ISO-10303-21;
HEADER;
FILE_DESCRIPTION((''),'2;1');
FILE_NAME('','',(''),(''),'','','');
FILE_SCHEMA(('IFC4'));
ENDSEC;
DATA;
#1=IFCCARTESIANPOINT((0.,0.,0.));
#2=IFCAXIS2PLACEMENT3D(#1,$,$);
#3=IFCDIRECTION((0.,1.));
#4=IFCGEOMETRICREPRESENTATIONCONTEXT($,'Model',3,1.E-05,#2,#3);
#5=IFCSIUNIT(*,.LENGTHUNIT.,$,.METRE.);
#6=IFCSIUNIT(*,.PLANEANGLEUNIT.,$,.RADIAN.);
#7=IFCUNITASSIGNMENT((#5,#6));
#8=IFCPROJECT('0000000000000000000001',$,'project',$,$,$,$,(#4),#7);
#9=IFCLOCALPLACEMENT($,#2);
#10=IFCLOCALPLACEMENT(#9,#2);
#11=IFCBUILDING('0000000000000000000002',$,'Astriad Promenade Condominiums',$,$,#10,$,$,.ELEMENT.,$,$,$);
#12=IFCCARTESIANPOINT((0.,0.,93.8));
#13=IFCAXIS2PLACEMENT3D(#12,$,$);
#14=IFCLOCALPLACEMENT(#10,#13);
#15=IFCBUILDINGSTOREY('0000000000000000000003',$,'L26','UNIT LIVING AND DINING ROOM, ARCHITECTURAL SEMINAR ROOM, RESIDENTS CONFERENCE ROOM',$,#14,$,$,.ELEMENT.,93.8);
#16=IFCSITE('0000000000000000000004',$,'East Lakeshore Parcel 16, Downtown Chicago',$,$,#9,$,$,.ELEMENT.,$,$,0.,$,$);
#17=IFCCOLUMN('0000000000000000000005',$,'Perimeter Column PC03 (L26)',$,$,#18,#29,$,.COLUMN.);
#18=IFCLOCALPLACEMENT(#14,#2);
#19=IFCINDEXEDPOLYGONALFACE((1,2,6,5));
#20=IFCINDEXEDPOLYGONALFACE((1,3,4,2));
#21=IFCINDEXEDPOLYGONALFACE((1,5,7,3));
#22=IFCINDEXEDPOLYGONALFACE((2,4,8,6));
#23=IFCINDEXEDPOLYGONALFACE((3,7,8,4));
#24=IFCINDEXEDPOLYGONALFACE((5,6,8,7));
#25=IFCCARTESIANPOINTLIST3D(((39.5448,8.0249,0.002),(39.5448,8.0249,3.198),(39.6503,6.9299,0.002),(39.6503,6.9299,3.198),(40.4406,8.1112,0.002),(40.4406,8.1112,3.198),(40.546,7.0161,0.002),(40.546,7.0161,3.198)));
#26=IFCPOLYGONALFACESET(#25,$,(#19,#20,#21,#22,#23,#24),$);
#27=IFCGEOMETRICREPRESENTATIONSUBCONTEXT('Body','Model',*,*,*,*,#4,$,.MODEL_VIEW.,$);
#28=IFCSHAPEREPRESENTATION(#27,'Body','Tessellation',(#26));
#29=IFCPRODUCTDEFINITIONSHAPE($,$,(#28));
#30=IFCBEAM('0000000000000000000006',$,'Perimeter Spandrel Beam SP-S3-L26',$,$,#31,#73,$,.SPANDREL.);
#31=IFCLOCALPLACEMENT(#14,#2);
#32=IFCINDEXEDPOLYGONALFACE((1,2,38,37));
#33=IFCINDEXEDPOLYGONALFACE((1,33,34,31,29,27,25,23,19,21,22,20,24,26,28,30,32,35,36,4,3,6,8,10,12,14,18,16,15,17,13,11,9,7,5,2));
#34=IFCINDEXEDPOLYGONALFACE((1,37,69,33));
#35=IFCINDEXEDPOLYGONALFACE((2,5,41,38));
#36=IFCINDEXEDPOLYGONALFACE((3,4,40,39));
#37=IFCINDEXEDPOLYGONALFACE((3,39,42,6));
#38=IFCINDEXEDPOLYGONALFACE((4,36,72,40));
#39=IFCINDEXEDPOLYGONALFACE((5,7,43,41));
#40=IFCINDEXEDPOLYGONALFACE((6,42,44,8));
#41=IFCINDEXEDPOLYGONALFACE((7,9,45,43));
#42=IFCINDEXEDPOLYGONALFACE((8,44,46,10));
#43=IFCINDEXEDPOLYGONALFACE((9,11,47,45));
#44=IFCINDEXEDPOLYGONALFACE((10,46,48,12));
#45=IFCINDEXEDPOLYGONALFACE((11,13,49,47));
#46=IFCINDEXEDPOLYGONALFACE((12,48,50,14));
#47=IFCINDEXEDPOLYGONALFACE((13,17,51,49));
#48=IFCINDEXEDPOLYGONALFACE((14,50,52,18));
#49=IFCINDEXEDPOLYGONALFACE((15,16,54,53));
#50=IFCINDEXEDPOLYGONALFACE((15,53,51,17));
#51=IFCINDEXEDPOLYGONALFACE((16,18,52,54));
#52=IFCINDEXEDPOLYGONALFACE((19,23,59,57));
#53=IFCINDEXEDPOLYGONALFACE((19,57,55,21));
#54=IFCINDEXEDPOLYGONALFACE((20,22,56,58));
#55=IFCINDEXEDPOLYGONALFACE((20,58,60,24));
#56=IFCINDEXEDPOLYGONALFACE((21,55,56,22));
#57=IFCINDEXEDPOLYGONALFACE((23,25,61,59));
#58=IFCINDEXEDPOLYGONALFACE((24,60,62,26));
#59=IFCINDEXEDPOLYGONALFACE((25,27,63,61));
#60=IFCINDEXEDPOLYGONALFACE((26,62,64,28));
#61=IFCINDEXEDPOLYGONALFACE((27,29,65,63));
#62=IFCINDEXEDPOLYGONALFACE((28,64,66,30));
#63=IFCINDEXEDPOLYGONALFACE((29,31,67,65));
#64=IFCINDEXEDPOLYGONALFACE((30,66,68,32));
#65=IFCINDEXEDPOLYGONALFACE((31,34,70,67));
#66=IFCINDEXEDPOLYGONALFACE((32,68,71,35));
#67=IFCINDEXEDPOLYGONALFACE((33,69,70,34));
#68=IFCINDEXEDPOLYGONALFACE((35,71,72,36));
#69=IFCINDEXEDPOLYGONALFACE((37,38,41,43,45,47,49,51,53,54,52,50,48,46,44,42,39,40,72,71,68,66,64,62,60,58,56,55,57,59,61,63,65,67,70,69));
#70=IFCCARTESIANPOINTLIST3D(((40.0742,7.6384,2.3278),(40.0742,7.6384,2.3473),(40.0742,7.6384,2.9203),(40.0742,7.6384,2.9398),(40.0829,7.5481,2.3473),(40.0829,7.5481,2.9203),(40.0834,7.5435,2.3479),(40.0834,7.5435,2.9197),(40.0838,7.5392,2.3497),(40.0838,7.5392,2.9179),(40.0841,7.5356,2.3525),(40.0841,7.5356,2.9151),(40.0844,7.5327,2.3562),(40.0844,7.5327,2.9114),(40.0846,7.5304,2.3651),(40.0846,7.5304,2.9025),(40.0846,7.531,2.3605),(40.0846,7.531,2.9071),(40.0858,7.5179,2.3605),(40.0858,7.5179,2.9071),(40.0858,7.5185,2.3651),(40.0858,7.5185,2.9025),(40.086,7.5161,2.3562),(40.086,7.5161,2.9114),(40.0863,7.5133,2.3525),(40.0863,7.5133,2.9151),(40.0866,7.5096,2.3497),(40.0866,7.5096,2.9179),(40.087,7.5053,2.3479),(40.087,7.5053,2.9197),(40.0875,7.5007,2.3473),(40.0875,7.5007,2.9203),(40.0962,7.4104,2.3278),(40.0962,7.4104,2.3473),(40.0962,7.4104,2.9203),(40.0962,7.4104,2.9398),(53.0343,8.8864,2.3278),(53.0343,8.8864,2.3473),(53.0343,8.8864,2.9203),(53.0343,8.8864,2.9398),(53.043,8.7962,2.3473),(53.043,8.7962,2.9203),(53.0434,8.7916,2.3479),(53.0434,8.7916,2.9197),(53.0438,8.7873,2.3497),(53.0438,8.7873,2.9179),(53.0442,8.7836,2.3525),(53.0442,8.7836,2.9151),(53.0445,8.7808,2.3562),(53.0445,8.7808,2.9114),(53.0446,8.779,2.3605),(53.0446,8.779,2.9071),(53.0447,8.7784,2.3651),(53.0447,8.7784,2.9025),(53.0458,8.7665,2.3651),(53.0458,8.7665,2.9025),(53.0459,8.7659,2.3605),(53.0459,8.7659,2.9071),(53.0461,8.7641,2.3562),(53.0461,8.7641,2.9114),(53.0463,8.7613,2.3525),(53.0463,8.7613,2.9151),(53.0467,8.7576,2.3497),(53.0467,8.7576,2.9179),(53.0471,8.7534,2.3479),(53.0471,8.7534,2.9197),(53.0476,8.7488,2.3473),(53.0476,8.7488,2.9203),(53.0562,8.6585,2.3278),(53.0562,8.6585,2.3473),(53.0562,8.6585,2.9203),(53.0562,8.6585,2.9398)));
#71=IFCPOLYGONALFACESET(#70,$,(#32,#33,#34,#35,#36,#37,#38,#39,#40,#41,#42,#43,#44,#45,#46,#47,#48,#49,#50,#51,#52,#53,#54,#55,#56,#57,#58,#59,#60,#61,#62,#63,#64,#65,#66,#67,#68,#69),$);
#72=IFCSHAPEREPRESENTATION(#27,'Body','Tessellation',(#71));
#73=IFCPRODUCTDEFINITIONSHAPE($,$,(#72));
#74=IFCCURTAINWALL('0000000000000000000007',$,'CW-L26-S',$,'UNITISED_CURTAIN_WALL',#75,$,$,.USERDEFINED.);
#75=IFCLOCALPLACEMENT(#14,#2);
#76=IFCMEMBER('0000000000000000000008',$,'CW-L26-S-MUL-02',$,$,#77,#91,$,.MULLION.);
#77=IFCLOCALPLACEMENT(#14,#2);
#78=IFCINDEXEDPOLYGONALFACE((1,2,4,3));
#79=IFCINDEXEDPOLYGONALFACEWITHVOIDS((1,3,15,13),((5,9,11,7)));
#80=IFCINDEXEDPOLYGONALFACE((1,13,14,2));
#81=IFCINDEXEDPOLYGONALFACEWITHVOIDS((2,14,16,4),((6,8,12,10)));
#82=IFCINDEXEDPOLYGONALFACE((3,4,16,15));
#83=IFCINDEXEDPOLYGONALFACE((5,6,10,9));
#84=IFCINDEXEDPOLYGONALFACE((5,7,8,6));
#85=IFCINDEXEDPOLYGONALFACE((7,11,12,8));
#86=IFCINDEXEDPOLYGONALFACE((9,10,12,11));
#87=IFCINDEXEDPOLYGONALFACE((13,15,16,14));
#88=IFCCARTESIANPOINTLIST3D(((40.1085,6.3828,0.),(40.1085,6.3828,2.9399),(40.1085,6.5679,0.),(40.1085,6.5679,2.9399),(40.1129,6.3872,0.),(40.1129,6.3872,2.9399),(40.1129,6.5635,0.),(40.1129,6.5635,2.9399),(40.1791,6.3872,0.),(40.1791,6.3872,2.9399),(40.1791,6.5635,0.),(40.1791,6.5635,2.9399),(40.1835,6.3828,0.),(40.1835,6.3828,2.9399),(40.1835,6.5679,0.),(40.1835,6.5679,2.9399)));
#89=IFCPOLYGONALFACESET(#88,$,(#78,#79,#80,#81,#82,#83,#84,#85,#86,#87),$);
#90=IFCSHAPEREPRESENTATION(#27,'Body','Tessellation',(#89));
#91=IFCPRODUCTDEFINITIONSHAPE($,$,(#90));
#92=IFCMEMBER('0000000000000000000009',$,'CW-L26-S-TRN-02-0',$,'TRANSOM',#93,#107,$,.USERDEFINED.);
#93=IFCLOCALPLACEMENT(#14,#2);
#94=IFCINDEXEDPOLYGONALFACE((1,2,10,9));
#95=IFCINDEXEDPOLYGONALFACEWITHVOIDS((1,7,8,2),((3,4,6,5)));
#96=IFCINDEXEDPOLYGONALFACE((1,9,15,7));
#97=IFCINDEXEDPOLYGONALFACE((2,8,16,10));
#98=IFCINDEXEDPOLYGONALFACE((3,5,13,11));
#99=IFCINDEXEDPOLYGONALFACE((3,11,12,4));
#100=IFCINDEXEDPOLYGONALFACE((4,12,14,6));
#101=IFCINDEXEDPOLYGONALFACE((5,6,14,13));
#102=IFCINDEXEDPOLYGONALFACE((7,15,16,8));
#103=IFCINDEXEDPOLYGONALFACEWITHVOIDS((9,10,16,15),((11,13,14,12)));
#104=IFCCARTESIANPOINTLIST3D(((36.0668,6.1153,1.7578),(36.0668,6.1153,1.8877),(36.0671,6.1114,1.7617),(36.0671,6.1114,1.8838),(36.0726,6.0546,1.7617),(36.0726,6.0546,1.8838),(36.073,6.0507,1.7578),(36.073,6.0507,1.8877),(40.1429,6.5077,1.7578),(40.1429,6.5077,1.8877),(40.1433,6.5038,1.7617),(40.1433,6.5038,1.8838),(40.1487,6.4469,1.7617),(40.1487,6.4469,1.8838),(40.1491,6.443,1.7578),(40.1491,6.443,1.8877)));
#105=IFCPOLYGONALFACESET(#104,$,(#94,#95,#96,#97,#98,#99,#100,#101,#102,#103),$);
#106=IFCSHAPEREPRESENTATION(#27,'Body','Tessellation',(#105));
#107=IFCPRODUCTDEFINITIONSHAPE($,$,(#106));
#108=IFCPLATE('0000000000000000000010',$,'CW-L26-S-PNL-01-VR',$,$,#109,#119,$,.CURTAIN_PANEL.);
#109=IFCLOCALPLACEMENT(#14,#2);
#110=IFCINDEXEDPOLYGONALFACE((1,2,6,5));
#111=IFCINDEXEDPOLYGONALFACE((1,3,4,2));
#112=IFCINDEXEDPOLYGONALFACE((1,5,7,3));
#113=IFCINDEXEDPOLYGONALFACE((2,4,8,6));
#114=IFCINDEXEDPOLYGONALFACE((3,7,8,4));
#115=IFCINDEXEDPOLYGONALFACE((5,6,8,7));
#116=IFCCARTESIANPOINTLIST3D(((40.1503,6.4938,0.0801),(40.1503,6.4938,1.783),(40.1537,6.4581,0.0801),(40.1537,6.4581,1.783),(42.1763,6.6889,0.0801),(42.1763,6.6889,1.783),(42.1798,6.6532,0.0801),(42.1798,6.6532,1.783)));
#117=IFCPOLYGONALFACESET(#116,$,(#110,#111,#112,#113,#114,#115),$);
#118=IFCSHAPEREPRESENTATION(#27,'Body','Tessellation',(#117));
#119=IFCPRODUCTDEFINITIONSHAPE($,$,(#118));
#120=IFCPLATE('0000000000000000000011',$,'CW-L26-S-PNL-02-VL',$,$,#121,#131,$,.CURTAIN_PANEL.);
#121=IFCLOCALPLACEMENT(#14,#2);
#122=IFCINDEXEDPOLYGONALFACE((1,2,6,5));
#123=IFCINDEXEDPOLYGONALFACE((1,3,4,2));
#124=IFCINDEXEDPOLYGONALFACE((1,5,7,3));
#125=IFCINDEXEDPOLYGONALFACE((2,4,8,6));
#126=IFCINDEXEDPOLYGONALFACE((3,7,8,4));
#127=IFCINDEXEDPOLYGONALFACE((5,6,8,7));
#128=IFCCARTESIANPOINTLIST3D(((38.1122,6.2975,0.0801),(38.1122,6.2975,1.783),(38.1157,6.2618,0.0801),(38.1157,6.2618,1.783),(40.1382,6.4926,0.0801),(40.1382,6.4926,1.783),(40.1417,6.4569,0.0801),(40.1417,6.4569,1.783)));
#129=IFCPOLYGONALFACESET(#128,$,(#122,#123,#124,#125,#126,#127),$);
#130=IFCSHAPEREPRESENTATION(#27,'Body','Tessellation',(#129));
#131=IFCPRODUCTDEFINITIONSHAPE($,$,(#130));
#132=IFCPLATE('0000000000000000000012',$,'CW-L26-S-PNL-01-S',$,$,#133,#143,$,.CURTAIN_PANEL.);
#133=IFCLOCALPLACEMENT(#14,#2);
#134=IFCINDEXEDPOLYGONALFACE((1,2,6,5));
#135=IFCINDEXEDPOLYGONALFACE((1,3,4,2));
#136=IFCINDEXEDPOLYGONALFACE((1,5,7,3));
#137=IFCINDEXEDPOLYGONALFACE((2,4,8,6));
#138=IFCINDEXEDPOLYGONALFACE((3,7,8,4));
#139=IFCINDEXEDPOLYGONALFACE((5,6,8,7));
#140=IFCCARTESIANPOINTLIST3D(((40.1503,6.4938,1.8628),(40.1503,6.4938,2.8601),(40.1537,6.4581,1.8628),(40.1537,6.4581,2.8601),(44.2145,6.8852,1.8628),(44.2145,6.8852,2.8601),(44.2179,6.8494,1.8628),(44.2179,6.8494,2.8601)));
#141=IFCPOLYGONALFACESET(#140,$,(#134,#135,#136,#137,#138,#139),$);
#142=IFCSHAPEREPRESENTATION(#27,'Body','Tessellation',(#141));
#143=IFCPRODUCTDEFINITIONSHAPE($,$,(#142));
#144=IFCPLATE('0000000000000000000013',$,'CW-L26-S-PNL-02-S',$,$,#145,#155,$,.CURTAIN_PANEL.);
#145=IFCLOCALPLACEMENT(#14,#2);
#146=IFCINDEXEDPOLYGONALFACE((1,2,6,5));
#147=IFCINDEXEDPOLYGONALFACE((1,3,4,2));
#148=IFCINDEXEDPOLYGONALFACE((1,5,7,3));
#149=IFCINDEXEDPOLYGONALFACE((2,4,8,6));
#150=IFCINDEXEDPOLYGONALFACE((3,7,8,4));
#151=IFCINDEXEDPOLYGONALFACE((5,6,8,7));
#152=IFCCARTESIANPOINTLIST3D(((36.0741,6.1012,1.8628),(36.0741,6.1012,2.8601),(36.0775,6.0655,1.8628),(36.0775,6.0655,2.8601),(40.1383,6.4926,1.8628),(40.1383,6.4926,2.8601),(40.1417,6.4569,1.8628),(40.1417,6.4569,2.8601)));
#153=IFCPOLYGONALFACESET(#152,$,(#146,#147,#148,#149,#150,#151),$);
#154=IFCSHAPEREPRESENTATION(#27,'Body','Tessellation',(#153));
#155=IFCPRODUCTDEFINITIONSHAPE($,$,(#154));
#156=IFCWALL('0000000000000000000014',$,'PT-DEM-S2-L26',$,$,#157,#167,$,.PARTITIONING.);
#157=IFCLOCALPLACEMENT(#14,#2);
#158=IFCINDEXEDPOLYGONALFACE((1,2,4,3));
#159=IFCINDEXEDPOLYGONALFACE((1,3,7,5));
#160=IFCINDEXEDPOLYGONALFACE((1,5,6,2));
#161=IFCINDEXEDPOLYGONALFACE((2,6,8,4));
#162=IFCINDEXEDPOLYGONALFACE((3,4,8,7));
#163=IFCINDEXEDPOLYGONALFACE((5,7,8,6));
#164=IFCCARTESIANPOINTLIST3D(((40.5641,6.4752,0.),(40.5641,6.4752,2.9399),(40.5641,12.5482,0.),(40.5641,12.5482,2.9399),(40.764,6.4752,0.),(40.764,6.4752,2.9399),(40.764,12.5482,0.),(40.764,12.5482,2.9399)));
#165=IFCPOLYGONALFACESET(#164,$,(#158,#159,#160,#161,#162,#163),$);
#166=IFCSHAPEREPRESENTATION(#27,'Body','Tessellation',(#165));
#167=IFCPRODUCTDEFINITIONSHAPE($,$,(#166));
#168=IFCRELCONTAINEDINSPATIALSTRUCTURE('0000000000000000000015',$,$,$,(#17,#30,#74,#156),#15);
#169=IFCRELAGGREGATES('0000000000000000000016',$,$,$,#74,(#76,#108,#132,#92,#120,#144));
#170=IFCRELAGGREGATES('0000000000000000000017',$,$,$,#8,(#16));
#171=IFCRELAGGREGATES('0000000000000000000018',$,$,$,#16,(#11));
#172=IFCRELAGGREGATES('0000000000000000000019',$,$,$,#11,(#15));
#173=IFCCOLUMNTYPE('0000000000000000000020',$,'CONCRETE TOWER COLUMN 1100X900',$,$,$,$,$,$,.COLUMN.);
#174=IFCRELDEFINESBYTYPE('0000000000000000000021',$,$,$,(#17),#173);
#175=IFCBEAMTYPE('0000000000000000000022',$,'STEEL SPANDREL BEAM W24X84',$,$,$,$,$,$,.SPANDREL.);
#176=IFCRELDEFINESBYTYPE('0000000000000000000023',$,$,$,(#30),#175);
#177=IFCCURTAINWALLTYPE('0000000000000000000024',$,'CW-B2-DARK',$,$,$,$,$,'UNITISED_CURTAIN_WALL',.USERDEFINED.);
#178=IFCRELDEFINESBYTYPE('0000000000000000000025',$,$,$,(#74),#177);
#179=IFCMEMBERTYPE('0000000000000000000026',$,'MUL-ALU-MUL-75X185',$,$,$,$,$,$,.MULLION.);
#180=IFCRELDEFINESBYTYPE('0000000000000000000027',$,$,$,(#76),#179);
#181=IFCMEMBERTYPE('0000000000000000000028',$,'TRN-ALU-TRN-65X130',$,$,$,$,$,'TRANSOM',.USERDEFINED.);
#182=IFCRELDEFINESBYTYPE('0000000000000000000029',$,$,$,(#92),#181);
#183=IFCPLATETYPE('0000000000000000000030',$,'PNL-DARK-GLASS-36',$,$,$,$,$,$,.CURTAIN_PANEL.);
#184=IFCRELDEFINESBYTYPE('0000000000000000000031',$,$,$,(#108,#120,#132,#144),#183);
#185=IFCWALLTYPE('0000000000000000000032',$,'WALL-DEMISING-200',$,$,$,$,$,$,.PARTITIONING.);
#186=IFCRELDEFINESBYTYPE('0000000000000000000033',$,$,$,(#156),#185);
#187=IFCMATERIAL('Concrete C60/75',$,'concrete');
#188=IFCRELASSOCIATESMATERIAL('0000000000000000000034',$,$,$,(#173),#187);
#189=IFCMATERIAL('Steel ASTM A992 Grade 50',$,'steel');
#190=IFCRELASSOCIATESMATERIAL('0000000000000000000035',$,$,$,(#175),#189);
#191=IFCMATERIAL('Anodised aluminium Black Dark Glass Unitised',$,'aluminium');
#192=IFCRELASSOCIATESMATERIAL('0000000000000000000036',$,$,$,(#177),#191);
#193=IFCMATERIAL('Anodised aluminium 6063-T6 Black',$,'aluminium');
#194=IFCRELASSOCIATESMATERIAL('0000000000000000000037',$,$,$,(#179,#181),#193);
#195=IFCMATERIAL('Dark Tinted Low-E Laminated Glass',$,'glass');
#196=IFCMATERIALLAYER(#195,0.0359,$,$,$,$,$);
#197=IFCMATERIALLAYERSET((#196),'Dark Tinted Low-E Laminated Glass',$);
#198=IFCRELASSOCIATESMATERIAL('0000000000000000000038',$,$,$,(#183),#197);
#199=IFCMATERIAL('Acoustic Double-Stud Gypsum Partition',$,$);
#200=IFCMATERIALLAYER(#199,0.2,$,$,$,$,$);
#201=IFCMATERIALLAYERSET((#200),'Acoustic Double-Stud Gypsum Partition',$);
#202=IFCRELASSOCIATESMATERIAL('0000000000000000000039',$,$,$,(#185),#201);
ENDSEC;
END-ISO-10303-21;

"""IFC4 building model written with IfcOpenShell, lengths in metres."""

from ifc_helpers import new_model, si_unit, direction, frame, frame_2d, origin, origin_2d, place, context, subcontext, project, spatial, rectangle, hollow_rectangle, i_section, extrude, source, transform, mapped, material, layer, layer_set, material_profile, profile_set, type_object, type_shapes, element, aggregate, save


model = new_model("IFC4")

# Units and contexts
model_context = context("Model", 3, precision=1e-05, world=origin(), true_north=direction((0.0, 1.0)))
body_context = subcontext(model_context, "Body", "Model", "MODEL_VIEW")
ifc_project = project(units=[si_unit("LENGTHUNIT", "METRE"), si_unit("PLANEANGLEUNIT", "RADIAN")], contexts=[model_context])

# Site, building, storey
site_placement = place(None, origin())
site = spatial("IfcSite", under=ifc_project, at=site_placement, Name="East Lakeshore Parcel 16, Downtown Chicago", CompositionType="ELEMENT", RefElevation=0.0)
building_placement = place(site_placement, origin())
building = spatial("IfcBuilding", under=site, at=building_placement, Name="Astriad Promenade Condominiums", CompositionType="ELEMENT")
storey_placement = place(building_placement, frame((0.0, 0.0, 93.8)))
storey = spatial("IfcBuildingStorey", under=building, at=storey_placement, Name="L26", Description="UNIT LIVING AND DINING ROOM, ARCHITECTURAL SEMINAR ROOM, RESIDENTS CONFERENCE ROOM", CompositionType="ELEMENT", Elevation=93.8)

# Column
ifc_material_1 = material(Name="Concrete C60/75", Category="concrete")
ifc_material_profile_1 = material_profile(ifc_material_1, rectangle(XDim=0.8999, YDim=1.1001, at=origin_2d()), Name="RC-COL-1100X900")
ifc_profile_set_1 = profile_set([ifc_material_profile_1], Name="Concrete C60/75")
column_type = type_object("IfcColumnType", Name="CONCRETE TOWER COLUMN 1100X900", PredefinedType="COLUMN", material=ifc_profile_set_1)
shared_shape_1 = source(origin(), body_context, "Body", "SweptSolid", [
    extrude(rectangle(XDim=0.8999, YDim=1.1001, at=origin_2d()), origin(), (0.0, 0.0, 1.0), 3.196),
])
type_shapes(column_type, [shared_shape_1])
column_placement = place(storey_placement, frame((40.0454, 7.5205, 0.002), z_axis=(0.0, 0.0, 1.0), x_axis=(0.995396, 0.095846, 0.0)))
element("IfcColumn", 1, at=column_placement, inside=storey, type_object=column_type, Name="Perimeter Column PC03 (L26)", PredefinedType="COLUMN", context=body_context, shape_type="MappedRepresentation", body=[
    mapped(shared_shape_1, transform((0.0, 0.0, 0.0), scale=1.0)),
])

# Beam
ifc_material_2 = material(Name="Steel ASTM A992 Grade 50", Category="steel")
ifc_material_profile_2 = material_profile(ifc_material_2, i_section(OverallWidth=0.229, OverallDepth=0.6121, WebThickness=0.012, FlangeThickness=0.0195, FilletRadius=0.0178, at=origin_2d()), Name="W24X84")
ifc_profile_set_2 = profile_set([ifc_material_profile_2], Name="Steel ASTM A992 Grade 50")
beam_type = type_object("IfcBeamType", Name="STEEL SPANDREL BEAM W24X84", PredefinedType="SPANDREL", material=ifc_profile_set_2)
shared_shape_2 = source(origin(), body_context, "Body", "SweptSolid", [
    extrude(i_section(OverallWidth=0.229, OverallDepth=0.6121, WebThickness=0.012, FlangeThickness=0.0195, FilletRadius=0.0178, at=origin_2d()), origin(), (0.0, 0.0, 1.0), 13.02),
])
type_shapes(beam_type, [shared_shape_2])
beam_placement = place(storey_placement, frame((40.0852, 7.5244, 2.6338), z_axis=(0.995395, 0.095857, 0.0), x_axis=(-0.095857, 0.995395, 0.0)))
element("IfcBeam", 2, at=beam_placement, inside=storey, type_object=beam_type, Name="Perimeter Spandrel Beam SP-S3-L26", PredefinedType="SPANDREL", context=body_context, shape_type="MappedRepresentation", body=[
    mapped(shared_shape_2, transform((0.0, 0.0, 0.0), scale=1.0)),
])

# Curtain wall, members, plates
ifc_material_3 = material(Name="Anodised aluminium Black Dark Glass Unitised", Category="aluminium")
curtain_wall_type = type_object("IfcCurtainWallType", Name="CW-B2-DARK", ElementType="UNITISED_CURTAIN_WALL", PredefinedType="USERDEFINED", material=ifc_material_3)
curtain_wall_placement = place(storey_placement, origin())
curtain_wall = element("IfcCurtainWall", 3, at=curtain_wall_placement, inside=storey, type_object=curtain_wall_type, Name="CW-L26-S", ObjectType="UNITISED_CURTAIN_WALL", PredefinedType="USERDEFINED")
ifc_material_4 = material(Name="Anodised aluminium 6063-T6 Black", Category="aluminium")
ifc_material_profile_3 = material_profile(ifc_material_4, hollow_rectangle(XDim=0.075, YDim=0.1851, WallThickness=0.0044, at=origin_2d()), Name="ALU-MUL-75X185")
ifc_profile_set_3 = profile_set([ifc_material_profile_3], Name="Anodised aluminium 6063-T6 Black")
member_type_1 = type_object("IfcMemberType", Name="MUL-ALU-MUL-75X185", PredefinedType="MULLION", material=ifc_profile_set_3)
shared_shape_3 = source(origin(), body_context, "Body", "SweptSolid", [
    extrude(hollow_rectangle(XDim=0.075, YDim=0.1851, WallThickness=0.0044, at=origin_2d()), origin(), (0.0, 0.0, 1.0), 2.9399),
])
type_shapes(member_type_1, [shared_shape_3])
member_1_placement = place(storey_placement, frame((40.146, 6.4753, 0.0), z_axis=(0.0, 0.0, 1.0), x_axis=(1.0, 0.0, 0.0)))
member_1 = element("IfcMember", 4, at=member_1_placement, type_object=member_type_1, Name="CW-L26-S-MUL-02", PredefinedType="MULLION", context=body_context, shape_type="MappedRepresentation", body=[
    mapped(shared_shape_3, transform((0.0, 0.0, 0.0), scale=1.0)),
])
ifc_material_profile_4 = material_profile(ifc_material_4, hollow_rectangle(XDim=0.0649, YDim=0.1299, WallThickness=0.0039, at=origin_2d()), Name="ALU-TRN-65X130")
ifc_profile_set_4 = profile_set([ifc_material_profile_4], Name="Anodised aluminium 6063-T6 Black")
member_type_2 = type_object("IfcMemberType", Name="TRN-ALU-TRN-65X130", ElementType="TRANSOM", PredefinedType="USERDEFINED", material=ifc_profile_set_4)
shared_shape_4 = source(origin(), body_context, "Body", "SweptSolid", [
    extrude(hollow_rectangle(XDim=0.0649, YDim=0.1299, WallThickness=0.0039, at=origin_2d()), origin(), (0.0, 0.0, 1.0), 4.095),
])
type_shapes(member_type_2, [shared_shape_4])
member_2_placement = place(storey_placement, frame((40.146, 6.4753, 1.8228), z_axis=(-0.9954, -0.095808, 0.0), x_axis=(0.095808, -0.9954, 0.0)))
member_2 = element("IfcMember", 5, at=member_2_placement, type_object=member_type_2, Name="CW-L26-S-TRN-02-0", ObjectType="TRANSOM", PredefinedType="USERDEFINED", context=body_context, shape_type="MappedRepresentation", body=[
    mapped(shared_shape_4, transform((0.0, 0.0, 0.0), scale=1.0)),
])
ifc_material_5 = material(Name="Dark Tinted Low-E Laminated Glass", Category="glass")
ifc_layer_1 = layer(ifc_material_5, 0.0359)
ifc_layer_set_1 = layer_set([ifc_layer_1], Name="Dark Tinted Low-E Laminated Glass")
plate_type = type_object("IfcPlateType", Name="PNL-DARK-GLASS-36", PredefinedType="CURTAIN_PANEL", material=ifc_layer_set_1)
shared_shape_5 = source(origin(), body_context, "Body", "SweptSolid", [
    extrude(rectangle(XDim=2.0354, YDim=0.0359, at=origin_2d()), origin(), (0.0, 0.0, 1.0), 1.7029),
])
plate_1_placement = place(storey_placement, frame((41.165, 6.5735, 0.0801), z_axis=(0.0, 0.0, 1.0), x_axis=(-0.995396, -0.095846, 0.0)))
plate_1 = element("IfcPlate", 6, at=plate_1_placement, type_object=plate_type, Name="CW-L26-S-PNL-01-VR", PredefinedType="CURTAIN_PANEL", context=body_context, shape_type="MappedRepresentation", body=[
    mapped(shared_shape_5, transform((0.0, 0.0, 0.0), scale=1.0)),
])
plate_2_placement = place(storey_placement, frame((39.127, 6.3772, 0.0801), z_axis=(0.0, 0.0, 1.0), x_axis=(-0.995396, -0.095846, 0.0)))
plate_2 = element("IfcPlate", 7, at=plate_2_placement, type_object=plate_type, Name="CW-L26-S-PNL-02-VL", PredefinedType="CURTAIN_PANEL", context=body_context, shape_type="MappedRepresentation", body=[
    mapped(shared_shape_5, transform((0.0, 0.0, 0.0), scale=1.0)),
])
shared_shape_6 = source(origin(), body_context, "Body", "SweptSolid", [
    extrude(rectangle(XDim=4.083, YDim=0.0359, at=origin_2d()), origin(), (0.0, 0.0, 1.0), 0.9973),
])
type_shapes(plate_type, [shared_shape_5, shared_shape_6])
plate_3_placement = place(storey_placement, frame((42.1841, 6.6716, 1.8628), z_axis=(0.0, 0.0, 1.0), x_axis=(-0.995396, -0.095846, 0.0)))
plate_3 = element("IfcPlate", 8, at=plate_3_placement, type_object=plate_type, Name="CW-L26-S-PNL-01-S", PredefinedType="CURTAIN_PANEL", context=body_context, shape_type="MappedRepresentation", body=[
    mapped(shared_shape_6, transform((0.0, 0.0, 0.0), scale=1.0)),
])
plate_4_placement = place(storey_placement, frame((38.1079, 6.2791, 1.8628), z_axis=(0.0, 0.0, 1.0), x_axis=(-0.995396, -0.095846, 0.0)))
plate_4 = element("IfcPlate", 9, at=plate_4_placement, type_object=plate_type, Name="CW-L26-S-PNL-02-S", PredefinedType="CURTAIN_PANEL", context=body_context, shape_type="MappedRepresentation", body=[
    mapped(shared_shape_6, transform((0.0, 0.0, 0.0), scale=1.0)),
])
aggregate(curtain_wall, [member_1, plate_1, plate_3, member_2, plate_2, plate_4])

# Wall
ifc_material_6 = material(Name="Acoustic Double-Stud Gypsum Partition")
ifc_layer_2 = layer(ifc_material_6, 0.2)
ifc_layer_set_2 = layer_set([ifc_layer_2], Name="Acoustic Double-Stud Gypsum Partition")
wall_type_1 = type_object("IfcWallType", Name="WALL-DEMISING-200", PredefinedType="PARTITIONING", material=ifc_layer_set_2)
wall_1_placement = place(storey_placement, frame((40.6641, 6.4751, 0.0), z_axis=(0.0, 0.0, 1.0), x_axis=(0.0, 1.0, 0.0)))
element("IfcWall", 10, at=wall_1_placement, inside=storey, type_object=wall_type_1, Name="PT-DEM-S2-L26", PredefinedType="PARTITIONING", context=body_context, shape_type="SweptSolid", body=[
    extrude(rectangle(XDim=6.073, YDim=0.2, at=frame_2d((3.0366, 0.0))), origin(), (0.0, 0.0, 1.0), 2.9399),
])

save(model, "model.ifc")
